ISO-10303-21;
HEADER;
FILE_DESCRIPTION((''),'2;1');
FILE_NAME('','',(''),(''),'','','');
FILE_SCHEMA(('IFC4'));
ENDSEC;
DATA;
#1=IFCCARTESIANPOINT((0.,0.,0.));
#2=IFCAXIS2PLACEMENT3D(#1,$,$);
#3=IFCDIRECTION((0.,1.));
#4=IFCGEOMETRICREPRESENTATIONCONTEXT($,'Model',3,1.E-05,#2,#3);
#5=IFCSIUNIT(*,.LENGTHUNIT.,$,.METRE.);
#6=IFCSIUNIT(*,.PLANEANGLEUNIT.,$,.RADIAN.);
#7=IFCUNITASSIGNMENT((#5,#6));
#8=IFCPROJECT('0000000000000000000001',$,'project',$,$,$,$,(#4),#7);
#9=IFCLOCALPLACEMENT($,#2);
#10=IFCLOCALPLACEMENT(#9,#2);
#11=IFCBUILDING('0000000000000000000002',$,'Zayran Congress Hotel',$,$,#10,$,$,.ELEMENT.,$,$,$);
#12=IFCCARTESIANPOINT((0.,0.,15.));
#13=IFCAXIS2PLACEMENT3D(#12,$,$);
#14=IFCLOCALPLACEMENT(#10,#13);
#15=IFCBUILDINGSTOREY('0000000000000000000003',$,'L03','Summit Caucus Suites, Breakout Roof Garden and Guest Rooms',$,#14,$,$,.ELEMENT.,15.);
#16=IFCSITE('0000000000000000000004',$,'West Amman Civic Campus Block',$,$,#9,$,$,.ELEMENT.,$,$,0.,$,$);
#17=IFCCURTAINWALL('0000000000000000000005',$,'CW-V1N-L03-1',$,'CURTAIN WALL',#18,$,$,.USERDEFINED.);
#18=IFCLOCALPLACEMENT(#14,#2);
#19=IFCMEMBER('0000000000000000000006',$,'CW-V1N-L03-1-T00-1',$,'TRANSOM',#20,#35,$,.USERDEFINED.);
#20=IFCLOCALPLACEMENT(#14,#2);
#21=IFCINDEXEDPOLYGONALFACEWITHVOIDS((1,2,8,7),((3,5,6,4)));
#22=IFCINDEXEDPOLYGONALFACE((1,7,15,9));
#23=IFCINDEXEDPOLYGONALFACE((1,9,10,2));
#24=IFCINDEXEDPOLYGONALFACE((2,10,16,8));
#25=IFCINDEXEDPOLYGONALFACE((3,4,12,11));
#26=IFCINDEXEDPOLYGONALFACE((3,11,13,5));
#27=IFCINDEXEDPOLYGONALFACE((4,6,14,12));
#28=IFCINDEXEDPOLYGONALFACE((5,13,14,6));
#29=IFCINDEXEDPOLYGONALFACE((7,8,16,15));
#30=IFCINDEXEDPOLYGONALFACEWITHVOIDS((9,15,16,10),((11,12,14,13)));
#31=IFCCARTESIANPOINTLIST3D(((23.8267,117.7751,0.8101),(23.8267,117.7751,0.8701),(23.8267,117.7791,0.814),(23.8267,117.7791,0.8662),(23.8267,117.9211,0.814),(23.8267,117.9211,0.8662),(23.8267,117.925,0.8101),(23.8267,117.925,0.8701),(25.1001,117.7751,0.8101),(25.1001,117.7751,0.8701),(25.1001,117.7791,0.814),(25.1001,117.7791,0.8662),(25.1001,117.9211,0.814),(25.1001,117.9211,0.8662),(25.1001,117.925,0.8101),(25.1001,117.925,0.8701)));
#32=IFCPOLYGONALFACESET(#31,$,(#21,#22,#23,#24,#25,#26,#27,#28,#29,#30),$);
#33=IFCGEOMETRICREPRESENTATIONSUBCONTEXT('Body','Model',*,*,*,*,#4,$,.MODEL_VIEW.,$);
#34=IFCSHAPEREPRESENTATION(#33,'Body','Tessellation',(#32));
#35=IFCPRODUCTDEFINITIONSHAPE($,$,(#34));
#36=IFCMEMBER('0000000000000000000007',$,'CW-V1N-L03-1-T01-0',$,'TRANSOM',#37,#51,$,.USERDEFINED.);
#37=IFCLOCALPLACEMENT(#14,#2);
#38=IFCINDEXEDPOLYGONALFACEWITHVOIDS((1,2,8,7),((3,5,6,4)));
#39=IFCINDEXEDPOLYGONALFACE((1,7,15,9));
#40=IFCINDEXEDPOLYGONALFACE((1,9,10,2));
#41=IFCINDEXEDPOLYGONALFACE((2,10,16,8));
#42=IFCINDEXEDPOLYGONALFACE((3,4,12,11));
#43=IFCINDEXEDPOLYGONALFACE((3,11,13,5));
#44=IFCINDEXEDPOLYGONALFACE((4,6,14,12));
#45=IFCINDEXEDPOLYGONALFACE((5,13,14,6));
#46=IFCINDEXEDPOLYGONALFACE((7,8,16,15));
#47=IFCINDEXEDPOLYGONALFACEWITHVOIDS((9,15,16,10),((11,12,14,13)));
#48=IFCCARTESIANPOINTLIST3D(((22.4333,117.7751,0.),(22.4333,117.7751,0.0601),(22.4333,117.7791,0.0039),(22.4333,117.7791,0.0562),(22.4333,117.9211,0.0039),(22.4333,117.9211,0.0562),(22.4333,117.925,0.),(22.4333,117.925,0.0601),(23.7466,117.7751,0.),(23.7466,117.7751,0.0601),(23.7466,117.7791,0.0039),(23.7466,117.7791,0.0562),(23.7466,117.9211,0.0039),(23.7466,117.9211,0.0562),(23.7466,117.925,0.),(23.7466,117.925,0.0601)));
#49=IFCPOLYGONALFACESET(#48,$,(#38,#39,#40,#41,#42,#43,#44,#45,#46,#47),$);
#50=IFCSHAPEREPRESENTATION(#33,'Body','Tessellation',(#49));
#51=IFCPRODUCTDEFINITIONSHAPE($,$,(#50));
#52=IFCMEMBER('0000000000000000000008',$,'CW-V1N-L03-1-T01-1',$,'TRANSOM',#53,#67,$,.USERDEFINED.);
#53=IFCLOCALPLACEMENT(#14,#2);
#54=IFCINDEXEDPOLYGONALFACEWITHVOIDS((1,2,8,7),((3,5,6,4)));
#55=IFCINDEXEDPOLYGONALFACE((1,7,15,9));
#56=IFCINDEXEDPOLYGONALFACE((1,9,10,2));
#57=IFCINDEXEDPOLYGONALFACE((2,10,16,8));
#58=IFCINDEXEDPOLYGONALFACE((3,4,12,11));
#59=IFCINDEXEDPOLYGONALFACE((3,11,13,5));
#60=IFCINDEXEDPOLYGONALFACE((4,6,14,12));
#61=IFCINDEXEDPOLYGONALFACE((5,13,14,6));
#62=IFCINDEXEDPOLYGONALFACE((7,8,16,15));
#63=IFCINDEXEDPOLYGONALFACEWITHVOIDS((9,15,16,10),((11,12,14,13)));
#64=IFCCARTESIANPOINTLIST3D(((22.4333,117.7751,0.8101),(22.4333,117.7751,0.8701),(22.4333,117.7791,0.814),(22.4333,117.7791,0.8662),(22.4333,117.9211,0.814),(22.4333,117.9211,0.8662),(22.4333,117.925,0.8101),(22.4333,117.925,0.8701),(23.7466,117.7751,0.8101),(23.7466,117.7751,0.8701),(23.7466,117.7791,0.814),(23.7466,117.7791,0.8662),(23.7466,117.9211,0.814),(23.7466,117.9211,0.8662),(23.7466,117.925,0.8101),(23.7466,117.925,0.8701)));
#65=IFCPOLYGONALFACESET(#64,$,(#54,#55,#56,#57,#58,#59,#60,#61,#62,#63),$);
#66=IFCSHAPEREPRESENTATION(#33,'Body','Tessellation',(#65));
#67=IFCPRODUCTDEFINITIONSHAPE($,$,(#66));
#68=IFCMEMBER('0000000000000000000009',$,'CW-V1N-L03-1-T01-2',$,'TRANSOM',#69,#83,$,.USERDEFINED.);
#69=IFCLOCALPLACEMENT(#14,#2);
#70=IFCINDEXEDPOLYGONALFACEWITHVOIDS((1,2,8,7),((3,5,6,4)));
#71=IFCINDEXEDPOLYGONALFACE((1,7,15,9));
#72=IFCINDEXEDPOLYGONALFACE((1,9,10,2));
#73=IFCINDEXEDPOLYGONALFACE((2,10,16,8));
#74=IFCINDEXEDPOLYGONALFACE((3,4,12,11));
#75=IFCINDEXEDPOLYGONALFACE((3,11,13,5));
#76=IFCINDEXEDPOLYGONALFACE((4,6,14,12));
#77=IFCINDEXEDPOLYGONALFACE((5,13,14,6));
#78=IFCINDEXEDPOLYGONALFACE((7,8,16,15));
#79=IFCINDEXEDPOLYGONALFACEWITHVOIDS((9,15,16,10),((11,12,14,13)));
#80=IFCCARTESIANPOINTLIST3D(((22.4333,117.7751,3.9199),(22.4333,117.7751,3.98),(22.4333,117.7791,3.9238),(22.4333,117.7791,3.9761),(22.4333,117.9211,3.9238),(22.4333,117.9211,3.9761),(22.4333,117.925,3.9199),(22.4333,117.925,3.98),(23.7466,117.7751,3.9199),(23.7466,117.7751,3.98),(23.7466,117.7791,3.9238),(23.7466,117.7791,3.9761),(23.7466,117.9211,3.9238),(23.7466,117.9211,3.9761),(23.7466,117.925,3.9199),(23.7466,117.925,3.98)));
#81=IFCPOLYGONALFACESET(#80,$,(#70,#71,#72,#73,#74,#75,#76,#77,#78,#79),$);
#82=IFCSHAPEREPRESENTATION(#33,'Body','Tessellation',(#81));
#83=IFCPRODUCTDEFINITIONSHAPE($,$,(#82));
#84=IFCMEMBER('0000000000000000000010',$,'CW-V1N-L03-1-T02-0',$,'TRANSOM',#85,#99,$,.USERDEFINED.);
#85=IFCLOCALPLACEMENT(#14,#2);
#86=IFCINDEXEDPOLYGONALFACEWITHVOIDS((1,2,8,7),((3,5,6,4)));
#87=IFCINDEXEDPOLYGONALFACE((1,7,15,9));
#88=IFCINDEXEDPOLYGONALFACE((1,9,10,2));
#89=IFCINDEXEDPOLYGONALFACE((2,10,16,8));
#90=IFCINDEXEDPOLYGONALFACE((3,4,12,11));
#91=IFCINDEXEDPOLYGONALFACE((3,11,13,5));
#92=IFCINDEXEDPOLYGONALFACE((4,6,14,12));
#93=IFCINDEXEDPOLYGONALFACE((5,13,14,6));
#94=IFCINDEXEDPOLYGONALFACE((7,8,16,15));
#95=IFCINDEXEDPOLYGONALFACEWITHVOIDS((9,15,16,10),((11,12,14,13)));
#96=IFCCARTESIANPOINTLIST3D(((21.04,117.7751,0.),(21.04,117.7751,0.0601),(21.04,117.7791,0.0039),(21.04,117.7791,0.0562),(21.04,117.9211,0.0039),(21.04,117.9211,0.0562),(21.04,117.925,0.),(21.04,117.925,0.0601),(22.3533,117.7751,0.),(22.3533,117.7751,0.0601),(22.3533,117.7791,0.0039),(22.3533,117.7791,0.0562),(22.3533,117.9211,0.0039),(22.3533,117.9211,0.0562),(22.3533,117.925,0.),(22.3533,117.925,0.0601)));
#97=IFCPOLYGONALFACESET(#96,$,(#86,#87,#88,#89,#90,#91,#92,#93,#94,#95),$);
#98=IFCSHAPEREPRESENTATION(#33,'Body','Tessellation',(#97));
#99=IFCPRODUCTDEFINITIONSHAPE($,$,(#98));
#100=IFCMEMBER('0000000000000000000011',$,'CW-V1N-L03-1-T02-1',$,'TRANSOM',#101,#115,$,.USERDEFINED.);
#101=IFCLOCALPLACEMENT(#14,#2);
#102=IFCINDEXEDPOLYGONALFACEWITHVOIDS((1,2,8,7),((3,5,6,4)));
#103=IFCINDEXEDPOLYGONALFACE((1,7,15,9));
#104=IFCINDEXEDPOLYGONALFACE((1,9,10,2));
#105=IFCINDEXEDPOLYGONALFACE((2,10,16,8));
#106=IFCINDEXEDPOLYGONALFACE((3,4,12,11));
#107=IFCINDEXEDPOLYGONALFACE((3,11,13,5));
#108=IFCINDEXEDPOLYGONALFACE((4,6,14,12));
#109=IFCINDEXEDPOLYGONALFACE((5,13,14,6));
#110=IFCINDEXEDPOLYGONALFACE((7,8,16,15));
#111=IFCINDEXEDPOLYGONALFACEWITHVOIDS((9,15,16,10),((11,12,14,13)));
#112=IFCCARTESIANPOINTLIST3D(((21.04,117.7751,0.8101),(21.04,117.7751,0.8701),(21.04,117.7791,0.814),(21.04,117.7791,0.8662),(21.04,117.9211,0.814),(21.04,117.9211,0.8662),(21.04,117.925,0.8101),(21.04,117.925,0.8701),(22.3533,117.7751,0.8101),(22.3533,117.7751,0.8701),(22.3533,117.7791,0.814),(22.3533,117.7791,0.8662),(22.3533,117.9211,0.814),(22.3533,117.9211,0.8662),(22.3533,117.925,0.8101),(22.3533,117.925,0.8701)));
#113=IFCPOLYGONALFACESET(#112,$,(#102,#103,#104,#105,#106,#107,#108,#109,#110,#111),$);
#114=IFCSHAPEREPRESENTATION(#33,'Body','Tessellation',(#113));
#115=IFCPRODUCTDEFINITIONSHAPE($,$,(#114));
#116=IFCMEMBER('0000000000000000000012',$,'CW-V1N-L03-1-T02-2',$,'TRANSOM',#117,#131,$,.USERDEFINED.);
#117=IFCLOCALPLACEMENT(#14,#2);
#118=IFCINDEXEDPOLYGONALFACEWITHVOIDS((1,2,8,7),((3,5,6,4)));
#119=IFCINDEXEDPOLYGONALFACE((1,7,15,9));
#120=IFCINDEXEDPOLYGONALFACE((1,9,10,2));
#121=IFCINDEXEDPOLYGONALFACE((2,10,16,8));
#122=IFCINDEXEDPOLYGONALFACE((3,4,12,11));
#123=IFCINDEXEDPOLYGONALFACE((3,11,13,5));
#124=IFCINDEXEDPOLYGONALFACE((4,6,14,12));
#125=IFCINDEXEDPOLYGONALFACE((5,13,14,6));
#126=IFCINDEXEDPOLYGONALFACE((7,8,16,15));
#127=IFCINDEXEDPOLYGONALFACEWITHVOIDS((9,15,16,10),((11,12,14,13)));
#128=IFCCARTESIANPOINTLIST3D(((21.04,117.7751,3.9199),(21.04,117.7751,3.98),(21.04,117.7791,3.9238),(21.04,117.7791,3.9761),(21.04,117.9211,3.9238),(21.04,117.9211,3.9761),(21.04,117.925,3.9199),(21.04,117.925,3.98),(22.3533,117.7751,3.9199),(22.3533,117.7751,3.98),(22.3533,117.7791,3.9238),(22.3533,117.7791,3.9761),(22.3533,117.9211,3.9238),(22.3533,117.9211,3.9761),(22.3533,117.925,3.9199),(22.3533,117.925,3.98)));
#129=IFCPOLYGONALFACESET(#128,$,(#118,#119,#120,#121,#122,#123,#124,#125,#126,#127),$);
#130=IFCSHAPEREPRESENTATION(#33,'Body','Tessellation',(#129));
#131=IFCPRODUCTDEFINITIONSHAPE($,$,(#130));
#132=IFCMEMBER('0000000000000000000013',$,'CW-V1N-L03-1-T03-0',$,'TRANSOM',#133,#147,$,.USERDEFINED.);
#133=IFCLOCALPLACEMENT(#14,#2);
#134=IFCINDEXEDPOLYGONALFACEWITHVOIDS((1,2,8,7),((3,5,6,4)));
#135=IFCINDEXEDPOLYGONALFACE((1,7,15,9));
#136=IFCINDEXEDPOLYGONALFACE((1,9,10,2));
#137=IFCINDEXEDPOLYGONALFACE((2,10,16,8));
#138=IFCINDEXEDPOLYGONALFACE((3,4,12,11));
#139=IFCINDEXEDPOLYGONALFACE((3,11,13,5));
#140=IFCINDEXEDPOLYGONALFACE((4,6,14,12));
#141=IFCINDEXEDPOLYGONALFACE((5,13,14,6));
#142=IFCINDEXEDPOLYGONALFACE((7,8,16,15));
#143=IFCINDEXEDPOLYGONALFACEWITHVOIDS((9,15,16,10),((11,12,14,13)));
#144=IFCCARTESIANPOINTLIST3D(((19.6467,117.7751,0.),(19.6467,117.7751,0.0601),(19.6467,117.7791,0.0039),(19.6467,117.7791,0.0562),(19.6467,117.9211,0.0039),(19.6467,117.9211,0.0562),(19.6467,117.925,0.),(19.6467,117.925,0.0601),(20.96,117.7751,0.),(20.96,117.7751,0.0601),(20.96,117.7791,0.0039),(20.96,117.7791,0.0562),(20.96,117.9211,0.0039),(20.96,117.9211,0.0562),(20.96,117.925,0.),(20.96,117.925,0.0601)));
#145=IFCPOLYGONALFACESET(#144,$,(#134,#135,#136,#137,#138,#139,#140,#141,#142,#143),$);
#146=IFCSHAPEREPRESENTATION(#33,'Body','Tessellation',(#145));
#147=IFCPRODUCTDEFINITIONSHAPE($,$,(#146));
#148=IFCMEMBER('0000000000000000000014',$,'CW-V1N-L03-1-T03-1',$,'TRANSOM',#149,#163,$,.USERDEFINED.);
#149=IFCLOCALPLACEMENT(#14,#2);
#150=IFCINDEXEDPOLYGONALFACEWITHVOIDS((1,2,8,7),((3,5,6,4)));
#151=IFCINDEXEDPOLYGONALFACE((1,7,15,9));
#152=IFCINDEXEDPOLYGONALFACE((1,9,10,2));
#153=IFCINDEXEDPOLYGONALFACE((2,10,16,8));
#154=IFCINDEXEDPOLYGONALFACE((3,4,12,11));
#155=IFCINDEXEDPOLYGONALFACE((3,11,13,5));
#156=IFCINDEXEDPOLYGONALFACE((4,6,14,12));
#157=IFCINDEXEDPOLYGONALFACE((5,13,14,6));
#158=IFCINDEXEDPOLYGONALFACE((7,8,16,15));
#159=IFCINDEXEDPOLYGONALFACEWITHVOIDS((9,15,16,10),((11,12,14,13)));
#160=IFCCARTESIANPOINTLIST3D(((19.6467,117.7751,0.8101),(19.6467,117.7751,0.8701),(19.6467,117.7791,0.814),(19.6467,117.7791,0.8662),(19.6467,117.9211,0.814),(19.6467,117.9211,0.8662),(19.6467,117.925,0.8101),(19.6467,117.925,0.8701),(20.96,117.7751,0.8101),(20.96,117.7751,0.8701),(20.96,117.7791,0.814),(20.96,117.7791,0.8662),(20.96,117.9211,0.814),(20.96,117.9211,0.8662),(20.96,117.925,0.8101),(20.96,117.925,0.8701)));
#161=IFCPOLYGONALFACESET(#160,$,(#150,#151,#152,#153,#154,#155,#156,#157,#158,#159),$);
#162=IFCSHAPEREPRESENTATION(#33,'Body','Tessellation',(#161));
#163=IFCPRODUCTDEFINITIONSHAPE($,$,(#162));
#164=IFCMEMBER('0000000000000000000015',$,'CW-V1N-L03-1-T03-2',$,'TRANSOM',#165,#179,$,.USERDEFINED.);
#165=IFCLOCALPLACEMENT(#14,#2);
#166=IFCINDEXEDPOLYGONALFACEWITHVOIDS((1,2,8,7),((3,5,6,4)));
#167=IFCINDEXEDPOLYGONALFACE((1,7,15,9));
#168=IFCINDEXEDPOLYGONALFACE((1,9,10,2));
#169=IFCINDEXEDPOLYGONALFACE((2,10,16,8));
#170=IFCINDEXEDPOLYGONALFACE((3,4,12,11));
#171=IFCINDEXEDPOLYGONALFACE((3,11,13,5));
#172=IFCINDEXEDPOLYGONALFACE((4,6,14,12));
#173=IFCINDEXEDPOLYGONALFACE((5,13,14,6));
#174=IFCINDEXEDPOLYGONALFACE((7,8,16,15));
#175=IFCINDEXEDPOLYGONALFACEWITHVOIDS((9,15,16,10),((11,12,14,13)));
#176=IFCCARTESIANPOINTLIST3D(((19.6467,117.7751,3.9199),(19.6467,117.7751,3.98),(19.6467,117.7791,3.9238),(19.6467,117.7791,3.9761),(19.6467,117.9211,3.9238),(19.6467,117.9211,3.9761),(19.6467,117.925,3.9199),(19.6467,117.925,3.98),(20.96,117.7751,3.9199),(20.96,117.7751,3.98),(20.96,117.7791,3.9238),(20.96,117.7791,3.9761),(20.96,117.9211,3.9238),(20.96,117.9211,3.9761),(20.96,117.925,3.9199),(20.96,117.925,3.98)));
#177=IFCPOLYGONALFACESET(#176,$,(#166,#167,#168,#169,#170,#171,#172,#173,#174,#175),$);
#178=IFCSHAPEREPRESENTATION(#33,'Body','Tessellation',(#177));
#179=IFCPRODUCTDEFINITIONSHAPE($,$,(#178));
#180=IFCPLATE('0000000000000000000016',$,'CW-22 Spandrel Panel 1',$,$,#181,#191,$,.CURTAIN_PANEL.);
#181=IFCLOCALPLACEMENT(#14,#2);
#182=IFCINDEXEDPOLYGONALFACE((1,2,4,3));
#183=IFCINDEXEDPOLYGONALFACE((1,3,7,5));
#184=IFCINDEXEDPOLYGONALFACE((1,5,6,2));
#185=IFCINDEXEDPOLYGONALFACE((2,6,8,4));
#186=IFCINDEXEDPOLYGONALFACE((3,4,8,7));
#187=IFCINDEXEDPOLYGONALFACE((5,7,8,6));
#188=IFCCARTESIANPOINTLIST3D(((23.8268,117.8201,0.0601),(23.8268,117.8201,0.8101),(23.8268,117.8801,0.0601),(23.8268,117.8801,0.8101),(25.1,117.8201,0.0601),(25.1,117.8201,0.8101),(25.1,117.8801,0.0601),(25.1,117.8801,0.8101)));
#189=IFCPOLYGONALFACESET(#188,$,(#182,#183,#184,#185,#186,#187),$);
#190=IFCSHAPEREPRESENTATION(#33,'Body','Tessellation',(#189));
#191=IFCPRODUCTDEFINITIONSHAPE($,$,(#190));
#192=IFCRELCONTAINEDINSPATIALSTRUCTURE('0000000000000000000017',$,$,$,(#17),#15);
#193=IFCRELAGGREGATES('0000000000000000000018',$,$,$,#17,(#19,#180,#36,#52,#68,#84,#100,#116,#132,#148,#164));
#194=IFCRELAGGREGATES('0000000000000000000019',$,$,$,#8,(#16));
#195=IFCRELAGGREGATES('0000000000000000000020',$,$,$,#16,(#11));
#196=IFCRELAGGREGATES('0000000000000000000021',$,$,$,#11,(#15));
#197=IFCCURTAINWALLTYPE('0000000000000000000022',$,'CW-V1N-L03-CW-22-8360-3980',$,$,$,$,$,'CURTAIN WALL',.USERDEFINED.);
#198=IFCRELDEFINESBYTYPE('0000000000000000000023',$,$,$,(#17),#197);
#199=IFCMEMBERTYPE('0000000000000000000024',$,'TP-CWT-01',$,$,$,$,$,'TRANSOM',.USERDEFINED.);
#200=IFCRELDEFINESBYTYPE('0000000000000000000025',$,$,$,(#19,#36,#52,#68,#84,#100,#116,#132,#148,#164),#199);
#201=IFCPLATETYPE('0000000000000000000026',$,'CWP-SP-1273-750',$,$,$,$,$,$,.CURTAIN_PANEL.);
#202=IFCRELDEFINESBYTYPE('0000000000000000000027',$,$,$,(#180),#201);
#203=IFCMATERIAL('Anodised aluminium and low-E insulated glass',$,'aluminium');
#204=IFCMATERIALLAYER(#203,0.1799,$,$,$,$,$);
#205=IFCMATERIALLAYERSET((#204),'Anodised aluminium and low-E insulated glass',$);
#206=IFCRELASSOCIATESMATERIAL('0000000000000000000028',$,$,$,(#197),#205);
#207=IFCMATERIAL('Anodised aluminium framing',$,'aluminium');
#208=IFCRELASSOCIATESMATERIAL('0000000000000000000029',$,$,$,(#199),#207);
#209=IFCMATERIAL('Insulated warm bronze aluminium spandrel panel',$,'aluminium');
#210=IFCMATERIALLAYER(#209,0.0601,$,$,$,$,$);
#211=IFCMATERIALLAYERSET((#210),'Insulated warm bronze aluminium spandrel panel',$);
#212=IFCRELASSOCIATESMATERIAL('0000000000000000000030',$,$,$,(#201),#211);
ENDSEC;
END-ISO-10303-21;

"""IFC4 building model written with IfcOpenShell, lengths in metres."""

from ifc_helpers import new_model, si_unit, direction, frame, origin, origin_2d, place, context, subcontext, project, spatial, rectangle, hollow_rectangle, extrude, material, layer, layer_set, material_profile, profile_set, type_object, element, aggregate, save


model = new_model("IFC4")

# Units and contexts
model_context = context("Model", 3, precision=1e-05, world=origin(), true_north=direction((0.0, 1.0)))
body_context = subcontext(model_context, "Body", "Model", "MODEL_VIEW")
ifc_project = project(units=[si_unit("LENGTHUNIT", "METRE"), si_unit("PLANEANGLEUNIT", "RADIAN")], contexts=[model_context])

# Site, building, storey
site_placement = place(None, origin())
site = spatial("IfcSite", under=ifc_project, at=site_placement, Name="West Amman Civic Campus Block", CompositionType="ELEMENT", RefElevation=0.0)
building_placement = place(site_placement, origin())
building = spatial("IfcBuilding", under=site, at=building_placement, Name="Zayran Congress Hotel", CompositionType="ELEMENT")
storey_placement = place(building_placement, frame((0.0, 0.0, 15.0)))
storey = spatial("IfcBuildingStorey", under=building, at=storey_placement, Name="L03", Description="Summit Caucus Suites, Breakout Roof Garden and Guest Rooms", CompositionType="ELEMENT", Elevation=15.0)

# Curtain wall, members, plate
ifc_material_1 = material(Name="Anodised aluminium and low-E insulated glass", Category="aluminium")
ifc_layer_1 = layer(ifc_material_1, 0.1799)
ifc_layer_set_1 = layer_set([ifc_layer_1], Name="Anodised aluminium and low-E insulated glass")
curtain_wall_type = type_object("IfcCurtainWallType", Name="CW-V1N-L03-CW-22-8360-3980", ElementType="CURTAIN WALL", PredefinedType="USERDEFINED", material=ifc_layer_set_1)
curtain_wall_placement = place(storey_placement, origin())
curtain_wall = element("IfcCurtainWall", 1, at=curtain_wall_placement, inside=storey, type_object=curtain_wall_type, Name="CW-V1N-L03-1", ObjectType="CURTAIN WALL", PredefinedType="USERDEFINED")
ifc_material_2 = material(Name="Anodised aluminium framing", Category="aluminium")
ifc_material_profile_1 = material_profile(ifc_material_2, hollow_rectangle(XDim=0.0601, YDim=0.1499, WallThickness=0.0039, at=origin_2d()), Name="RHS 150x60x4")
ifc_profile_set_1 = profile_set([ifc_material_profile_1], Name="Anodised aluminium framing")
member_type_1 = type_object("IfcMemberType", Name="TP-CWT-01", ElementType="TRANSOM", PredefinedType="USERDEFINED", material=ifc_profile_set_1)
member_1_placement = place(storey_placement, frame((25.1001, 117.8501, 0.8401), z_axis=(-1.0, 0.0, 0.0), x_axis=(0.0, 0.0, 1.0)))
member_1 = element("IfcMember", 2, at=member_1_placement, type_object=member_type_1, Name="CW-V1N-L03-1-T00-1", ObjectType="TRANSOM", PredefinedType="USERDEFINED", context=body_context, shape_type="SweptSolid", body=[
    extrude(hollow_rectangle(XDim=0.0601, YDim=0.1499, WallThickness=0.0039, at=origin_2d()), origin(), (0.0, 0.0, 1.0), 1.2734),
])
member_2_placement = place(storey_placement, frame((23.7466, 117.8501, 0.03), z_axis=(-1.0, 0.0, 0.0), x_axis=(0.0, 0.0, 1.0)))
member_2 = element("IfcMember", 3, at=member_2_placement, type_object=member_type_1, Name="CW-V1N-L03-1-T01-0", ObjectType="TRANSOM", PredefinedType="USERDEFINED", context=body_context, shape_type="SweptSolid", body=[
    extrude(hollow_rectangle(XDim=0.0601, YDim=0.1499, WallThickness=0.0039, at=origin_2d()), origin(), (0.0, 0.0, 1.0), 1.3132),
])
member_3_placement = place(storey_placement, frame((23.7466, 117.8501, 0.8401), z_axis=(-1.0, 0.0, 0.0), x_axis=(0.0, 0.0, 1.0)))
member_3 = element("IfcMember", 4, at=member_3_placement, type_object=member_type_1, Name="CW-V1N-L03-1-T01-1", ObjectType="TRANSOM", PredefinedType="USERDEFINED", context=body_context, shape_type="SweptSolid", body=[
    extrude(hollow_rectangle(XDim=0.0601, YDim=0.1499, WallThickness=0.0039, at=origin_2d()), origin(), (0.0, 0.0, 1.0), 1.3132),
])
member_4_placement = place(storey_placement, frame((23.7466, 117.8501, 3.95), z_axis=(-1.0, 0.0, 0.0), x_axis=(0.0, 0.0, 1.0)))
member_4 = element("IfcMember", 5, at=member_4_placement, type_object=member_type_1, Name="CW-V1N-L03-1-T01-2", ObjectType="TRANSOM", PredefinedType="USERDEFINED", context=body_context, shape_type="SweptSolid", body=[
    extrude(hollow_rectangle(XDim=0.0601, YDim=0.1499, WallThickness=0.0039, at=origin_2d()), origin(), (0.0, 0.0, 1.0), 1.3132),
])
member_5_placement = place(storey_placement, frame((22.3533, 117.8501, 0.03), z_axis=(-1.0, 0.0, 0.0), x_axis=(0.0, 0.0, 1.0)))
member_5 = element("IfcMember", 6, at=member_5_placement, type_object=member_type_1, Name="CW-V1N-L03-1-T02-0", ObjectType="TRANSOM", PredefinedType="USERDEFINED", context=body_context, shape_type="SweptSolid", body=[
    extrude(hollow_rectangle(XDim=0.0601, YDim=0.1499, WallThickness=0.0039, at=origin_2d()), origin(), (0.0, 0.0, 1.0), 1.3132),
])
member_6_placement = place(storey_placement, frame((22.3533, 117.8501, 0.8401), z_axis=(-1.0, 0.0, 0.0), x_axis=(0.0, 0.0, 1.0)))
member_6 = element("IfcMember", 7, at=member_6_placement, type_object=member_type_1, Name="CW-V1N-L03-1-T02-1", ObjectType="TRANSOM", PredefinedType="USERDEFINED", context=body_context, shape_type="SweptSolid", body=[
    extrude(hollow_rectangle(XDim=0.0601, YDim=0.1499, WallThickness=0.0039, at=origin_2d()), origin(), (0.0, 0.0, 1.0), 1.3132),
])
member_7_placement = place(storey_placement, frame((22.3533, 117.8501, 3.95), z_axis=(-1.0, 0.0, 0.0), x_axis=(0.0, 0.0, 1.0)))
member_7 = element("IfcMember", 8, at=member_7_placement, type_object=member_type_1, Name="CW-V1N-L03-1-T02-2", ObjectType="TRANSOM", PredefinedType="USERDEFINED", context=body_context, shape_type="SweptSolid", body=[
    extrude(hollow_rectangle(XDim=0.0601, YDim=0.1499, WallThickness=0.0039, at=origin_2d()), origin(), (0.0, 0.0, 1.0), 1.3132),
])
member_8_placement = place(storey_placement, frame((20.96, 117.8501, 0.03), z_axis=(-1.0, 0.0, 0.0), x_axis=(0.0, 0.0, 1.0)))
member_8 = element("IfcMember", 9, at=member_8_placement, type_object=member_type_1, Name="CW-V1N-L03-1-T03-0", ObjectType="TRANSOM", PredefinedType="USERDEFINED", context=body_context, shape_type="SweptSolid", body=[
    extrude(hollow_rectangle(XDim=0.0601, YDim=0.1499, WallThickness=0.0039, at=origin_2d()), origin(), (0.0, 0.0, 1.0), 1.3132),
])
member_9_placement = place(storey_placement, frame((20.96, 117.8501, 0.8401), z_axis=(-1.0, 0.0, 0.0), x_axis=(0.0, 0.0, 1.0)))
member_9 = element("IfcMember", 10, at=member_9_placement, type_object=member_type_1, Name="CW-V1N-L03-1-T03-1", ObjectType="TRANSOM", PredefinedType="USERDEFINED", context=body_context, shape_type="SweptSolid", body=[
    extrude(hollow_rectangle(XDim=0.0601, YDim=0.1499, WallThickness=0.0039, at=origin_2d()), origin(), (0.0, 0.0, 1.0), 1.3132),
])
member_10_placement = place(storey_placement, frame((20.96, 117.8501, 3.95), z_axis=(-1.0, 0.0, 0.0), x_axis=(0.0, 0.0, 1.0)))
member_10 = element("IfcMember", 11, at=member_10_placement, type_object=member_type_1, Name="CW-V1N-L03-1-T03-2", ObjectType="TRANSOM", PredefinedType="USERDEFINED", context=body_context, shape_type="SweptSolid", body=[
    extrude(hollow_rectangle(XDim=0.0601, YDim=0.1499, WallThickness=0.0039, at=origin_2d()), origin(), (0.0, 0.0, 1.0), 1.3132),
])
ifc_material_3 = material(Name="Insulated warm bronze aluminium spandrel panel", Category="aluminium")
ifc_layer_2 = layer(ifc_material_3, 0.0601)
ifc_layer_set_2 = layer_set([ifc_layer_2], Name="Insulated warm bronze aluminium spandrel panel")
plate_type_1 = type_object("IfcPlateType", Name="CWP-SP-1273-750", PredefinedType="CURTAIN_PANEL", material=ifc_layer_set_2)
plate_1_placement = place(storey_placement, frame((24.4634, 117.8501, 0.0601), z_axis=(0.0, 0.0, 1.0), x_axis=(1.0, 0.0, 0.0)))
plate_1 = element("IfcPlate", 12, at=plate_1_placement, type_object=plate_type_1, Name="CW-22 Spandrel Panel 1", PredefinedType="CURTAIN_PANEL", context=body_context, shape_type="SweptSolid", body=[
    extrude(rectangle(XDim=1.2732, YDim=0.0601, at=origin_2d()), origin(), (0.0, 0.0, 1.0), 0.75),
])
aggregate(curtain_wall, [member_1, plate_1, member_2, member_3, member_4, member_5, member_6, member_7, member_8, member_9, member_10])

save(model, "model.ifc")
